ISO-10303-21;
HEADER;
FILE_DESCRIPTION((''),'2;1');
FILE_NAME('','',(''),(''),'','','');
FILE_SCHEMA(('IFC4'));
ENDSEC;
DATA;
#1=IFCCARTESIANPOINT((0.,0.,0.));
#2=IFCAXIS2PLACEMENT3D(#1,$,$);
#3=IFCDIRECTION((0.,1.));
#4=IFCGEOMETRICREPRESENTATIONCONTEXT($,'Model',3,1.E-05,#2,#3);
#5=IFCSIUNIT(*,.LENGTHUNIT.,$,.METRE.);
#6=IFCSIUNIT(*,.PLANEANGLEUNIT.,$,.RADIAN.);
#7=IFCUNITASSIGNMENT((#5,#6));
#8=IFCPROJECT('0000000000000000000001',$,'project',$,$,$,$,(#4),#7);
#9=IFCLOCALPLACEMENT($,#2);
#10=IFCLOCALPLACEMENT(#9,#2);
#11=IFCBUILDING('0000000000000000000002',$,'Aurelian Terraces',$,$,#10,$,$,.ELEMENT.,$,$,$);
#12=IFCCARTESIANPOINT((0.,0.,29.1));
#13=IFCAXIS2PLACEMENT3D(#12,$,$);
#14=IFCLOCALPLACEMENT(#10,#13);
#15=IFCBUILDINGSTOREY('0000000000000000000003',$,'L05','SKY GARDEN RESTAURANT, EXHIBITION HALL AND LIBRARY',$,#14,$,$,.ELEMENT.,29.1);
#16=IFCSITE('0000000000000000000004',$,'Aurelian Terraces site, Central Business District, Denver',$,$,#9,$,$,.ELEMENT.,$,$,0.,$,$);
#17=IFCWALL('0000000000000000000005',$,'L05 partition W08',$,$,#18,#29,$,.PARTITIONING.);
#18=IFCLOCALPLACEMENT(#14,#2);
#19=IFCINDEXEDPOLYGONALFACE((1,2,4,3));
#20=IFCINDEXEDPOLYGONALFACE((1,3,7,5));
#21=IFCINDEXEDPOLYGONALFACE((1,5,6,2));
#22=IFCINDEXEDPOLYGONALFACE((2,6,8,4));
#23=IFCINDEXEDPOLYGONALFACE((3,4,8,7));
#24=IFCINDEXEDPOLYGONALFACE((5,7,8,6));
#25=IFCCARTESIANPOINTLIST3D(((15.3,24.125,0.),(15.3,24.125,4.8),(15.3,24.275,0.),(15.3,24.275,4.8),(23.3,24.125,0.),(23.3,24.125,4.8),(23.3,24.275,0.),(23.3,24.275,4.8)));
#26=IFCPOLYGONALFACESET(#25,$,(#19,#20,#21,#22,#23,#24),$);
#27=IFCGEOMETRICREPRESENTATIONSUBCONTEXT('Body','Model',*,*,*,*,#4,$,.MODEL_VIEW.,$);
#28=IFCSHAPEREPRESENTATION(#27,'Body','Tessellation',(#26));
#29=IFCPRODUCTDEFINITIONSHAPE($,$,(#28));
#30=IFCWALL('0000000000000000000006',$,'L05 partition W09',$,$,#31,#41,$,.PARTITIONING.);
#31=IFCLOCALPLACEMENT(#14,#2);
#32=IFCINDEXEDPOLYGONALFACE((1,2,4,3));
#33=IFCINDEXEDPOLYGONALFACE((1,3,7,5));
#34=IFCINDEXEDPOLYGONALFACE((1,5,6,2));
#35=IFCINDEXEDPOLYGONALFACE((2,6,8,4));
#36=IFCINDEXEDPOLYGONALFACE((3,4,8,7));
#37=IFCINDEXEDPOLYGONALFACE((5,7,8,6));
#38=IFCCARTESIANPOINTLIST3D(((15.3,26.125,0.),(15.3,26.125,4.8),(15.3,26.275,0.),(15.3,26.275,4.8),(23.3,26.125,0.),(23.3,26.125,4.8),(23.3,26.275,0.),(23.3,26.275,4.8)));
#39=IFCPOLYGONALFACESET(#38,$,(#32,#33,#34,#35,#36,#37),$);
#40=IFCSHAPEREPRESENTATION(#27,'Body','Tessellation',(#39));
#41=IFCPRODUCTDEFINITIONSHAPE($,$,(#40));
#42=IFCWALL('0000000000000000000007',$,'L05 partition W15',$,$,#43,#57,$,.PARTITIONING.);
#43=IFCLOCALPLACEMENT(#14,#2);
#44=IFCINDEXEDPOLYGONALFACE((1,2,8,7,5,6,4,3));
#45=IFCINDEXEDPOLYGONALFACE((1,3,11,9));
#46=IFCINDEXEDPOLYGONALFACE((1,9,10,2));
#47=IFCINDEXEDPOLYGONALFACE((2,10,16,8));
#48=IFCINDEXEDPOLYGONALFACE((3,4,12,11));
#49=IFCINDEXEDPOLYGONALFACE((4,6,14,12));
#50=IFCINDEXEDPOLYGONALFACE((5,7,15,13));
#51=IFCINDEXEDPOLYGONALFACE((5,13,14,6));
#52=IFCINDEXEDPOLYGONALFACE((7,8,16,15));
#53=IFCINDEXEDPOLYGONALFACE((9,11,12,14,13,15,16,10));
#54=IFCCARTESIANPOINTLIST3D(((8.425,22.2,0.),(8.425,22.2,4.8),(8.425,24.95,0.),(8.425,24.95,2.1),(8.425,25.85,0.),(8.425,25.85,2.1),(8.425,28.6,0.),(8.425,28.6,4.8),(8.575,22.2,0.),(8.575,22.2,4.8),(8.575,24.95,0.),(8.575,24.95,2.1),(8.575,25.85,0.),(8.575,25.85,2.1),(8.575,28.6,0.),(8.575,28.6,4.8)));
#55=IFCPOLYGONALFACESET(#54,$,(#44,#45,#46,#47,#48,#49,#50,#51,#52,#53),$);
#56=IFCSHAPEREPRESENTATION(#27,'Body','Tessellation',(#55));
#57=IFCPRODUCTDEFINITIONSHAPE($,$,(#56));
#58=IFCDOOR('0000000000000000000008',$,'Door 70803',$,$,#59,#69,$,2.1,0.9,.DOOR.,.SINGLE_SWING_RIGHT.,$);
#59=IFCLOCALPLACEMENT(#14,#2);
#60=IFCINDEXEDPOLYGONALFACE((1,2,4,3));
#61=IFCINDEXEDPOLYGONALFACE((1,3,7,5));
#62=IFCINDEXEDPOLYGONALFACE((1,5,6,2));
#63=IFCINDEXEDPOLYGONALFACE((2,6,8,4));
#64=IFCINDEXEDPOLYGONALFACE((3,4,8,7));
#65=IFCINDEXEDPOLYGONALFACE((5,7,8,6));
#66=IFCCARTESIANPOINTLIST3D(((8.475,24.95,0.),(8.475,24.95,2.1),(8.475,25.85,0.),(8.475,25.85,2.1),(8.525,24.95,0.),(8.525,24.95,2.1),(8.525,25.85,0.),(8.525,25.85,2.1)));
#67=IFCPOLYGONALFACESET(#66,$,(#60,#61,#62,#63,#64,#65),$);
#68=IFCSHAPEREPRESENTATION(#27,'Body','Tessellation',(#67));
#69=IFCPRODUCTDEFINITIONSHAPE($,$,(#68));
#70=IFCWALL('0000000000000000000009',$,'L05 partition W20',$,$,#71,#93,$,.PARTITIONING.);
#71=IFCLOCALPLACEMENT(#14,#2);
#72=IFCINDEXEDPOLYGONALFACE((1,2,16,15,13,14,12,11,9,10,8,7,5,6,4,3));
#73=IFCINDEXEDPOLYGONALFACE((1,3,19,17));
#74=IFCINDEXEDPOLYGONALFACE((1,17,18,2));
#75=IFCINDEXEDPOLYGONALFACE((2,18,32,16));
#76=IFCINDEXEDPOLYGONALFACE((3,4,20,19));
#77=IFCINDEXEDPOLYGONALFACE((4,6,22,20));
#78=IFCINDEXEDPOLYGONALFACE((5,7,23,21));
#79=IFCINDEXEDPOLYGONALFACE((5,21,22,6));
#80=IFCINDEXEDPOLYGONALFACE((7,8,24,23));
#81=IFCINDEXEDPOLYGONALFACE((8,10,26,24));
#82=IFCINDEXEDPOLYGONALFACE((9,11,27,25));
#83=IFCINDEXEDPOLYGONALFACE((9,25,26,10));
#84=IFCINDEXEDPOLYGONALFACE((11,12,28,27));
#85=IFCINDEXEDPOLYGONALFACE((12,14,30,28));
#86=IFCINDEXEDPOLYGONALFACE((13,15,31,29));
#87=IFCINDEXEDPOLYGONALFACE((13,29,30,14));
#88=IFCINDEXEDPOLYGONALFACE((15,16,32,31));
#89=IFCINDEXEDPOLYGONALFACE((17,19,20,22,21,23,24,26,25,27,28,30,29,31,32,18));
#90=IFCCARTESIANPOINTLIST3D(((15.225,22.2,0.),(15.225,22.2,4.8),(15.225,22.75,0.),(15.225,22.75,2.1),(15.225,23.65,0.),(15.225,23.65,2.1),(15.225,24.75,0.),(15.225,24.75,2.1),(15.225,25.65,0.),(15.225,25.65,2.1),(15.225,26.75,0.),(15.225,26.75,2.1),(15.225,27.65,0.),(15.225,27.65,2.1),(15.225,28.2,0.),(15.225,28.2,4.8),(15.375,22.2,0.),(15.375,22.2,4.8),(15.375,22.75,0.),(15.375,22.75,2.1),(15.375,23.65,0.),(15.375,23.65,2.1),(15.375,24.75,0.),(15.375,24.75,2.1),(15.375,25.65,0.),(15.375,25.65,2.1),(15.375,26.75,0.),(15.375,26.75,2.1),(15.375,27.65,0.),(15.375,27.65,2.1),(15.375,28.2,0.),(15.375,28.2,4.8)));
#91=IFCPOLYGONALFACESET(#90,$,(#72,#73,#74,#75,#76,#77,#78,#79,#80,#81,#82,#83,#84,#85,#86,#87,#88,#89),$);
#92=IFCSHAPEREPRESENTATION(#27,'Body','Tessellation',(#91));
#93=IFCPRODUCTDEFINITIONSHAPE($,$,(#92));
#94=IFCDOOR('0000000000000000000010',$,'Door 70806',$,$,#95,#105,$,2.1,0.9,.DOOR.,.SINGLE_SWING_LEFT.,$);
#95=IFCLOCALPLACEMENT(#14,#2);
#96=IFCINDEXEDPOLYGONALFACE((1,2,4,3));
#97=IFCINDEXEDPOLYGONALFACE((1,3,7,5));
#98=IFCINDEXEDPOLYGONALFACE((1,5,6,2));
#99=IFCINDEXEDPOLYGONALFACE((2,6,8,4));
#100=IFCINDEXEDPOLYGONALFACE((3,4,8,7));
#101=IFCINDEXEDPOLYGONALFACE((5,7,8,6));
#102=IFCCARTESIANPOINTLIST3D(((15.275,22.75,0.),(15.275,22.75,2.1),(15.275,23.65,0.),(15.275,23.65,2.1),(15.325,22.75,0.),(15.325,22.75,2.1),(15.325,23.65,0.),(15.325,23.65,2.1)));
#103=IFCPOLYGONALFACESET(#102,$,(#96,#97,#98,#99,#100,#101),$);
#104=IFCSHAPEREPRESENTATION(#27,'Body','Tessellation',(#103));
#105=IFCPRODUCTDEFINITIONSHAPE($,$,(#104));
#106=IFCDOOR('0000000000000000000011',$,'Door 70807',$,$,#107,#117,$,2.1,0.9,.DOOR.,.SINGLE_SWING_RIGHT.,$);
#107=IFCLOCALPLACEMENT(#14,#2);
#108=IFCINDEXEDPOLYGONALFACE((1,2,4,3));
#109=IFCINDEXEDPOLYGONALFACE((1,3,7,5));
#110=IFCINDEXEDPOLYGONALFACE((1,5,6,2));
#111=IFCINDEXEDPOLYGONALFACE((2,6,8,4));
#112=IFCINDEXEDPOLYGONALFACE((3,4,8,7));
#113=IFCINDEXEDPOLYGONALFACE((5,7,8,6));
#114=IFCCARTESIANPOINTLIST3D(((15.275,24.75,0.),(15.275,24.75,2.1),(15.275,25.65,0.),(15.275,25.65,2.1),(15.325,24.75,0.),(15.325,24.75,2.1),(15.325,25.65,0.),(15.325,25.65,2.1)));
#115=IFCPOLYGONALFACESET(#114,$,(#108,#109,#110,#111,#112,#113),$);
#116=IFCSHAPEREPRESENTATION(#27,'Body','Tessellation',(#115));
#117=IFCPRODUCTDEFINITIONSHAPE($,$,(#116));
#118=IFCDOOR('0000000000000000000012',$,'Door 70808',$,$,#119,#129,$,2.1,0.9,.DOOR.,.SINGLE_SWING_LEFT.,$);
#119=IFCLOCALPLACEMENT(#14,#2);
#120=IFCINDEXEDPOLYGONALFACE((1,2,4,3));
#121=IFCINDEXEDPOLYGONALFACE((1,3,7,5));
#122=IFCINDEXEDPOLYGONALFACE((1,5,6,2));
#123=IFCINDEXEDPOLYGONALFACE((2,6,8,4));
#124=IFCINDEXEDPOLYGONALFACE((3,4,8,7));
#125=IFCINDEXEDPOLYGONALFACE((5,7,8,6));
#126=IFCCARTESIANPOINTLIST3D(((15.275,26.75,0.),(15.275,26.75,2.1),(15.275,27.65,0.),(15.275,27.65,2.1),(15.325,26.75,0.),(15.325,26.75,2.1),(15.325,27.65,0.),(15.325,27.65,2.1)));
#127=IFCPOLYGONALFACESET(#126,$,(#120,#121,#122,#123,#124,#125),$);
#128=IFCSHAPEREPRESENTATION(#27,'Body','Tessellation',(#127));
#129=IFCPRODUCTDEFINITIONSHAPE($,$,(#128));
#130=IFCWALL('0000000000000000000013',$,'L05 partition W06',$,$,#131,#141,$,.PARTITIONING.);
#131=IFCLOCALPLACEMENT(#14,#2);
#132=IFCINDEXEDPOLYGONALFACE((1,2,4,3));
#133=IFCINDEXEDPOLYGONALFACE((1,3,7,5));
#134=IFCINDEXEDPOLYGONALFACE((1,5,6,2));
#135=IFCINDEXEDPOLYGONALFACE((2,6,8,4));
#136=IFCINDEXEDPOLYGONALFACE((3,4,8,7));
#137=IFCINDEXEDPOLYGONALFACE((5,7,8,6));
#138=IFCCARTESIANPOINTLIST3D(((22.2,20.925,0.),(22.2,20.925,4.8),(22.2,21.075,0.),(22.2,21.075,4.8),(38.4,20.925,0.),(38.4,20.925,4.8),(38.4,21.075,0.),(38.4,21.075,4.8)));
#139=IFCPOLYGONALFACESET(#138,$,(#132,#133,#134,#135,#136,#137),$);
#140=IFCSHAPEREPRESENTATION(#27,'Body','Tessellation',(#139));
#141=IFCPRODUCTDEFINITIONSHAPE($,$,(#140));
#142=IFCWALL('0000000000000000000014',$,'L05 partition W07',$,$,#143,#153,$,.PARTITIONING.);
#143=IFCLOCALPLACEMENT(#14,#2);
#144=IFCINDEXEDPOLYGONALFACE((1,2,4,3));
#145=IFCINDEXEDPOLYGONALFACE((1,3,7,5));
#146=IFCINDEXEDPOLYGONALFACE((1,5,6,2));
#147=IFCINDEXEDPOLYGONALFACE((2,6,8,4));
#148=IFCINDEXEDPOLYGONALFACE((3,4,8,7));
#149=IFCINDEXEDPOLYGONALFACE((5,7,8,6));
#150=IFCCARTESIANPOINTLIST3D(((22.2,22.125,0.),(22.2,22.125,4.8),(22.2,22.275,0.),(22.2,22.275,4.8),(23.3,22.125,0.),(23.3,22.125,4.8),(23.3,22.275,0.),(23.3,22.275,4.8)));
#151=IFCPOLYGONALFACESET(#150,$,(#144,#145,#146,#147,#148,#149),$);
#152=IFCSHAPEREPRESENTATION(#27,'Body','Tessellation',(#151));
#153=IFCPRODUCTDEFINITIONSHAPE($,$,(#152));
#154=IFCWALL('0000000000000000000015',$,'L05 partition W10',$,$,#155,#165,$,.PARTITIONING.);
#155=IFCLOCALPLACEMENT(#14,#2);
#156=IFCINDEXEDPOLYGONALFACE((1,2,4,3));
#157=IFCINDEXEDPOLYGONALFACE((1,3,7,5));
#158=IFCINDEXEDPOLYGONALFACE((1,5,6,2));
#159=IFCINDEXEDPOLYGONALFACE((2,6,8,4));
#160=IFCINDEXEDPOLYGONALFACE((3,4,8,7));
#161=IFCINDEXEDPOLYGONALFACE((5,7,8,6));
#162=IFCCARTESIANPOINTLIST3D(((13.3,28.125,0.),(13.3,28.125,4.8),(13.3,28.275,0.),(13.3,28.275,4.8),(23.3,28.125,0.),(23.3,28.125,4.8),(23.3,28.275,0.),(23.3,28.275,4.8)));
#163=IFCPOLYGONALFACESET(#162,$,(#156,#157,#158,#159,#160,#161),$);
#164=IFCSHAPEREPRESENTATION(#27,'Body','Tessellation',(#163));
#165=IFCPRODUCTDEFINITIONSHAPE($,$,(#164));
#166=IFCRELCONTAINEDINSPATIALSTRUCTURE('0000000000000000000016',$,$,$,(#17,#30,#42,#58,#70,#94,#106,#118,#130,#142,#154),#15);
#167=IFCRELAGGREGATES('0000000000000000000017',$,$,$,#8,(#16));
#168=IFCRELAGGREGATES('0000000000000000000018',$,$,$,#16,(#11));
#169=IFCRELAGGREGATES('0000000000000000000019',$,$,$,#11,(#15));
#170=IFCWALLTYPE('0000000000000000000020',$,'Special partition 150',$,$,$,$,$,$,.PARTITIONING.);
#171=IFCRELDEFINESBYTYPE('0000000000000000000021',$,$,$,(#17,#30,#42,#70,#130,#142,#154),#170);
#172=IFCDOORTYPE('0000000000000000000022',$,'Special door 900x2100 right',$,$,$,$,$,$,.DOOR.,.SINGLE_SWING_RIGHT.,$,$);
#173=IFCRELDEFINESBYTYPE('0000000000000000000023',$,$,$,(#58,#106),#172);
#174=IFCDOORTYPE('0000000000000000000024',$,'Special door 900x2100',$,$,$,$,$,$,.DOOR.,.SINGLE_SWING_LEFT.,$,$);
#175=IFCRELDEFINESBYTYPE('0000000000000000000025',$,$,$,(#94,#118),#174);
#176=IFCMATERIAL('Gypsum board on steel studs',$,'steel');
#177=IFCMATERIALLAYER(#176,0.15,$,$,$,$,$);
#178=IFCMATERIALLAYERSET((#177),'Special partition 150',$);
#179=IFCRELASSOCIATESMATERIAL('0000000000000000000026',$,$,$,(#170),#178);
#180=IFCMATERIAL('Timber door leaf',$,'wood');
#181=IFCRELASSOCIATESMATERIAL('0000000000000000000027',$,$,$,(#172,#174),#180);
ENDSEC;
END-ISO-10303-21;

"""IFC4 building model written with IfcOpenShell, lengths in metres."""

from ifc_helpers import new_model, si_unit, direction, frame, frame_2d, origin, place, context, subcontext, project, spatial, rectangle, extrude, source, transform, mapped, material, layer, layer_set, type_object, element, fill, save


model = new_model("IFC4")

# Units and contexts
model_context = context("Model", 3, precision=1e-05, world=origin(), true_north=direction((0.0, 1.0)))
body_context = subcontext(model_context, "Body", "Model", "MODEL_VIEW")
ifc_project = project(units=[si_unit("LENGTHUNIT", "METRE"), si_unit("PLANEANGLEUNIT", "RADIAN")], contexts=[model_context])

# Site, building, storey
site_placement = place(None, origin())
site = spatial("IfcSite", under=ifc_project, at=site_placement, Name="Aurelian Terraces site, Central Business District, Denver", CompositionType="ELEMENT", RefElevation=0.0)
building_placement = place(site_placement, origin())
building = spatial("IfcBuilding", under=site, at=building_placement, Name="Aurelian Terraces", CompositionType="ELEMENT")
storey_placement = place(building_placement, frame((0.0, 0.0, 29.1)))
storey = spatial("IfcBuildingStorey", under=building, at=storey_placement, Name="L05", Description="SKY GARDEN RESTAURANT, EXHIBITION HALL AND LIBRARY", CompositionType="ELEMENT", Elevation=29.1)

# Shared definitions
ifc_material_1 = material(Name="Gypsum board on steel studs", Category="steel")
shared_shape_1 = source(origin(), body_context, "Body", "SweptSolid", [
    extrude(rectangle(XDim=0.9, YDim=2.1, at=frame_2d((0.45, 1.05))), frame((0.0, 0.025, 0.0), z_axis=(0.0, -1.0, 0.0), x_axis=(1.0, 0.0, 0.0)), (0.0, 0.0, 1.0), 0.05),
])

# Walls
ifc_layer_1 = layer(ifc_material_1, 0.15)
ifc_layer_set_1 = layer_set([ifc_layer_1], Name="Special partition 150")
wall_type_1 = type_object("IfcWallType", Name="Special partition 150", PredefinedType="PARTITIONING", material=ifc_layer_set_1)
shared_shape_2 = source(origin(), body_context, "Body", "SweptSolid", [
    extrude(rectangle(XDim=8.0, YDim=0.15, at=frame_2d((4.0, 0.0))), origin(), (0.0, 0.0, 1.0), 4.8),
])
for number, where, z_axis, x_axis, name in (
    (1, (15.3, 24.2, 0.0), (0.0, 0.0, 1.0), (1.0, 0.0, 0.0), "L05 partition W08"),
    (2, (15.3, 26.2, 0.0), (0.0, 0.0, 1.0), (1.0, 0.0, 0.0), "L05 partition W09"),
):
    element("IfcWall", number, at=place(storey_placement, frame(where, z_axis=z_axis, x_axis=x_axis)), inside=storey, type_object=wall_type_1, Name=name, PredefinedType="PARTITIONING", context=body_context, shape_type="MappedRepresentation", body=[
        mapped(shared_shape_2, transform((0.0, 0.0, 0.0), scale=1.0)),
    ])

# Wall, opening, door
shared_shape_3 = source(origin(), body_context, "Body", "SweptSolid", [
    extrude(rectangle(XDim=6.4, YDim=0.15, at=frame_2d((3.2, 0.0))), origin(), (0.0, 0.0, 1.0), 4.8),
])
wall_1_placement = place(storey_placement, frame((8.5, 22.2, 0.0), z_axis=(0.0, 0.0, 1.0), x_axis=(0.0, 1.0, 0.0)))
wall_1 = element("IfcWall", 3, at=wall_1_placement, inside=storey, type_object=wall_type_1, Name="L05 partition W15", PredefinedType="PARTITIONING", context=body_context, shape_type="MappedRepresentation", body=[
    mapped(shared_shape_3, transform((0.0, 0.0, 0.0), scale=1.0)),
])
shared_shape_4 = source(origin(), body_context, "Body", "SweptSolid", [
    extrude(rectangle(XDim=0.9, YDim=2.1, at=frame_2d((0.45, 1.05))), frame((0.0, 0.085, 0.0), z_axis=(0.0, -1.0, 0.0), x_axis=(1.0, 0.0, 0.0)), (0.0, 0.0, 1.0), 0.17),
])
opening_1_placement = place(wall_1_placement, frame((2.75, 0.0, 0.0)))
opening_1 = element("IfcOpeningElement", 4, at=opening_1_placement, cuts=wall_1, PredefinedType="OPENING", context=body_context, shape_type="MappedRepresentation", body=[
    mapped(shared_shape_4, transform((0.0, 0.0, 0.0), scale=1.0)),
])
ifc_material_2 = material(Name="Timber door leaf", Category="wood")
door_type_1 = type_object("IfcDoorType", Name="Special door 900x2100 right", OperationType="SINGLE_SWING_RIGHT", PredefinedType="DOOR", material=ifc_material_2)
door_1_placement = place(opening_1_placement, origin())
door_1 = element("IfcDoor", 5, at=door_1_placement, inside=storey, type_object=door_type_1, Name="Door 70803", OperationType="SINGLE_SWING_RIGHT", OverallHeight=2.1, OverallWidth=0.9, PredefinedType="DOOR", context=body_context, shape_type="MappedRepresentation", body=[
    mapped(shared_shape_1, transform((0.0, 0.0, 0.0), scale=1.0)),
])
fill(opening_1, door_1)

# Wall, openings, doors
shared_shape_5 = source(origin(), body_context, "Body", "SweptSolid", [
    extrude(rectangle(XDim=6.0, YDim=0.15, at=frame_2d((3.0, 0.0))), origin(), (0.0, 0.0, 1.0), 4.8),
])
wall_2_placement = place(storey_placement, frame((15.3, 22.2, 0.0), z_axis=(0.0, 0.0, 1.0), x_axis=(0.0, 1.0, 0.0)))
wall_2 = element("IfcWall", 6, at=wall_2_placement, inside=storey, type_object=wall_type_1, Name="L05 partition W20", PredefinedType="PARTITIONING", context=body_context, shape_type="MappedRepresentation", body=[
    mapped(shared_shape_5, transform((0.0, 0.0, 0.0), scale=1.0)),
])
opening_2_placement = place(wall_2_placement, frame((0.55, 0.0, 0.0)))
opening_2 = element("IfcOpeningElement", 7, at=opening_2_placement, cuts=wall_2, PredefinedType="OPENING", context=body_context, shape_type="MappedRepresentation", body=[
    mapped(shared_shape_4, transform((0.0, 0.0, 0.0), scale=1.0)),
])
opening_3_placement = place(wall_2_placement, frame((2.55, 0.0, 0.0)))
opening_3 = element("IfcOpeningElement", 8, at=opening_3_placement, cuts=wall_2, PredefinedType="OPENING", context=body_context, shape_type="MappedRepresentation", body=[
    mapped(shared_shape_4, transform((0.0, 0.0, 0.0), scale=1.0)),
])
opening_4_placement = place(wall_2_placement, frame((4.55, 0.0, 0.0)))
opening_4 = element("IfcOpeningElement", 9, at=opening_4_placement, cuts=wall_2, PredefinedType="OPENING", context=body_context, shape_type="MappedRepresentation", body=[
    mapped(shared_shape_4, transform((0.0, 0.0, 0.0), scale=1.0)),
])
door_type_2 = type_object("IfcDoorType", Name="Special door 900x2100", OperationType="SINGLE_SWING_LEFT", PredefinedType="DOOR", material=ifc_material_2)
door_2_placement = place(opening_2_placement, origin())
door_2 = element("IfcDoor", 10, at=door_2_placement, inside=storey, type_object=door_type_2, Name="Door 70806", OperationType="SINGLE_SWING_LEFT", OverallHeight=2.1, OverallWidth=0.9, PredefinedType="DOOR", context=body_context, shape_type="MappedRepresentation", body=[
    mapped(shared_shape_1, transform((0.0, 0.0, 0.0), scale=1.0)),
])
fill(opening_2, door_2)
door_3_placement = place(opening_3_placement, origin())
door_3 = element("IfcDoor", 11, at=door_3_placement, inside=storey, type_object=door_type_1, Name="Door 70807", OperationType="SINGLE_SWING_RIGHT", OverallHeight=2.1, OverallWidth=0.9, PredefinedType="DOOR", context=body_context, shape_type="MappedRepresentation", body=[
    mapped(shared_shape_1, transform((0.0, 0.0, 0.0), scale=1.0)),
])
fill(opening_3, door_3)
door_4_placement = place(opening_4_placement, origin())
door_4 = element("IfcDoor", 12, at=door_4_placement, inside=storey, type_object=door_type_2, Name="Door 70808", OperationType="SINGLE_SWING_LEFT", OverallHeight=2.1, OverallWidth=0.9, PredefinedType="DOOR", context=body_context, shape_type="MappedRepresentation", body=[
    mapped(shared_shape_1, transform((0.0, 0.0, 0.0), scale=1.0)),
])
fill(opening_4, door_4)

# Walls
shared_shape_6 = source(origin(), body_context, "Body", "SweptSolid", [
    extrude(rectangle(XDim=16.2, YDim=0.15, at=frame_2d((8.1, 0.0))), origin(), (0.0, 0.0, 1.0), 4.8),
])
wall_3_placement = place(storey_placement, frame((22.2, 21.0, 0.0), z_axis=(0.0, 0.0, 1.0), x_axis=(1.0, 0.0, 0.0)))
element("IfcWall", 13, at=wall_3_placement, inside=storey, type_object=wall_type_1, Name="L05 partition W06", PredefinedType="PARTITIONING", context=body_context, shape_type="MappedRepresentation", body=[
    mapped(shared_shape_6, transform((0.0, 0.0, 0.0), scale=1.0)),
])
shared_shape_7 = source(origin(), body_context, "Body", "SweptSolid", [
    extrude(rectangle(XDim=1.1, YDim=0.15, at=frame_2d((0.55, 0.0))), origin(), (0.0, 0.0, 1.0), 4.8),
])
wall_4_placement = place(storey_placement, frame((22.2, 22.2, 0.0), z_axis=(0.0, 0.0, 1.0), x_axis=(1.0, 0.0, 0.0)))
element("IfcWall", 14, at=wall_4_placement, inside=storey, type_object=wall_type_1, Name="L05 partition W07", PredefinedType="PARTITIONING", context=body_context, shape_type="MappedRepresentation", body=[
    mapped(shared_shape_7, transform((0.0, 0.0, 0.0), scale=1.0)),
])
shared_shape_8 = source(origin(), body_context, "Body", "SweptSolid", [
    extrude(rectangle(XDim=10.0, YDim=0.15, at=frame_2d((5.0, 0.0))), origin(), (0.0, 0.0, 1.0), 4.8),
])
wall_5_placement = place(storey_placement, frame((13.3, 28.2, 0.0), z_axis=(0.0, 0.0, 1.0), x_axis=(1.0, 0.0, 0.0)))
element("IfcWall", 15, at=wall_5_placement, inside=storey, type_object=wall_type_1, Name="L05 partition W10", PredefinedType="PARTITIONING", context=body_context, shape_type="MappedRepresentation", body=[
    mapped(shared_shape_8, transform((0.0, 0.0, 0.0), scale=1.0)),
])

save(model, "model.ifc")
